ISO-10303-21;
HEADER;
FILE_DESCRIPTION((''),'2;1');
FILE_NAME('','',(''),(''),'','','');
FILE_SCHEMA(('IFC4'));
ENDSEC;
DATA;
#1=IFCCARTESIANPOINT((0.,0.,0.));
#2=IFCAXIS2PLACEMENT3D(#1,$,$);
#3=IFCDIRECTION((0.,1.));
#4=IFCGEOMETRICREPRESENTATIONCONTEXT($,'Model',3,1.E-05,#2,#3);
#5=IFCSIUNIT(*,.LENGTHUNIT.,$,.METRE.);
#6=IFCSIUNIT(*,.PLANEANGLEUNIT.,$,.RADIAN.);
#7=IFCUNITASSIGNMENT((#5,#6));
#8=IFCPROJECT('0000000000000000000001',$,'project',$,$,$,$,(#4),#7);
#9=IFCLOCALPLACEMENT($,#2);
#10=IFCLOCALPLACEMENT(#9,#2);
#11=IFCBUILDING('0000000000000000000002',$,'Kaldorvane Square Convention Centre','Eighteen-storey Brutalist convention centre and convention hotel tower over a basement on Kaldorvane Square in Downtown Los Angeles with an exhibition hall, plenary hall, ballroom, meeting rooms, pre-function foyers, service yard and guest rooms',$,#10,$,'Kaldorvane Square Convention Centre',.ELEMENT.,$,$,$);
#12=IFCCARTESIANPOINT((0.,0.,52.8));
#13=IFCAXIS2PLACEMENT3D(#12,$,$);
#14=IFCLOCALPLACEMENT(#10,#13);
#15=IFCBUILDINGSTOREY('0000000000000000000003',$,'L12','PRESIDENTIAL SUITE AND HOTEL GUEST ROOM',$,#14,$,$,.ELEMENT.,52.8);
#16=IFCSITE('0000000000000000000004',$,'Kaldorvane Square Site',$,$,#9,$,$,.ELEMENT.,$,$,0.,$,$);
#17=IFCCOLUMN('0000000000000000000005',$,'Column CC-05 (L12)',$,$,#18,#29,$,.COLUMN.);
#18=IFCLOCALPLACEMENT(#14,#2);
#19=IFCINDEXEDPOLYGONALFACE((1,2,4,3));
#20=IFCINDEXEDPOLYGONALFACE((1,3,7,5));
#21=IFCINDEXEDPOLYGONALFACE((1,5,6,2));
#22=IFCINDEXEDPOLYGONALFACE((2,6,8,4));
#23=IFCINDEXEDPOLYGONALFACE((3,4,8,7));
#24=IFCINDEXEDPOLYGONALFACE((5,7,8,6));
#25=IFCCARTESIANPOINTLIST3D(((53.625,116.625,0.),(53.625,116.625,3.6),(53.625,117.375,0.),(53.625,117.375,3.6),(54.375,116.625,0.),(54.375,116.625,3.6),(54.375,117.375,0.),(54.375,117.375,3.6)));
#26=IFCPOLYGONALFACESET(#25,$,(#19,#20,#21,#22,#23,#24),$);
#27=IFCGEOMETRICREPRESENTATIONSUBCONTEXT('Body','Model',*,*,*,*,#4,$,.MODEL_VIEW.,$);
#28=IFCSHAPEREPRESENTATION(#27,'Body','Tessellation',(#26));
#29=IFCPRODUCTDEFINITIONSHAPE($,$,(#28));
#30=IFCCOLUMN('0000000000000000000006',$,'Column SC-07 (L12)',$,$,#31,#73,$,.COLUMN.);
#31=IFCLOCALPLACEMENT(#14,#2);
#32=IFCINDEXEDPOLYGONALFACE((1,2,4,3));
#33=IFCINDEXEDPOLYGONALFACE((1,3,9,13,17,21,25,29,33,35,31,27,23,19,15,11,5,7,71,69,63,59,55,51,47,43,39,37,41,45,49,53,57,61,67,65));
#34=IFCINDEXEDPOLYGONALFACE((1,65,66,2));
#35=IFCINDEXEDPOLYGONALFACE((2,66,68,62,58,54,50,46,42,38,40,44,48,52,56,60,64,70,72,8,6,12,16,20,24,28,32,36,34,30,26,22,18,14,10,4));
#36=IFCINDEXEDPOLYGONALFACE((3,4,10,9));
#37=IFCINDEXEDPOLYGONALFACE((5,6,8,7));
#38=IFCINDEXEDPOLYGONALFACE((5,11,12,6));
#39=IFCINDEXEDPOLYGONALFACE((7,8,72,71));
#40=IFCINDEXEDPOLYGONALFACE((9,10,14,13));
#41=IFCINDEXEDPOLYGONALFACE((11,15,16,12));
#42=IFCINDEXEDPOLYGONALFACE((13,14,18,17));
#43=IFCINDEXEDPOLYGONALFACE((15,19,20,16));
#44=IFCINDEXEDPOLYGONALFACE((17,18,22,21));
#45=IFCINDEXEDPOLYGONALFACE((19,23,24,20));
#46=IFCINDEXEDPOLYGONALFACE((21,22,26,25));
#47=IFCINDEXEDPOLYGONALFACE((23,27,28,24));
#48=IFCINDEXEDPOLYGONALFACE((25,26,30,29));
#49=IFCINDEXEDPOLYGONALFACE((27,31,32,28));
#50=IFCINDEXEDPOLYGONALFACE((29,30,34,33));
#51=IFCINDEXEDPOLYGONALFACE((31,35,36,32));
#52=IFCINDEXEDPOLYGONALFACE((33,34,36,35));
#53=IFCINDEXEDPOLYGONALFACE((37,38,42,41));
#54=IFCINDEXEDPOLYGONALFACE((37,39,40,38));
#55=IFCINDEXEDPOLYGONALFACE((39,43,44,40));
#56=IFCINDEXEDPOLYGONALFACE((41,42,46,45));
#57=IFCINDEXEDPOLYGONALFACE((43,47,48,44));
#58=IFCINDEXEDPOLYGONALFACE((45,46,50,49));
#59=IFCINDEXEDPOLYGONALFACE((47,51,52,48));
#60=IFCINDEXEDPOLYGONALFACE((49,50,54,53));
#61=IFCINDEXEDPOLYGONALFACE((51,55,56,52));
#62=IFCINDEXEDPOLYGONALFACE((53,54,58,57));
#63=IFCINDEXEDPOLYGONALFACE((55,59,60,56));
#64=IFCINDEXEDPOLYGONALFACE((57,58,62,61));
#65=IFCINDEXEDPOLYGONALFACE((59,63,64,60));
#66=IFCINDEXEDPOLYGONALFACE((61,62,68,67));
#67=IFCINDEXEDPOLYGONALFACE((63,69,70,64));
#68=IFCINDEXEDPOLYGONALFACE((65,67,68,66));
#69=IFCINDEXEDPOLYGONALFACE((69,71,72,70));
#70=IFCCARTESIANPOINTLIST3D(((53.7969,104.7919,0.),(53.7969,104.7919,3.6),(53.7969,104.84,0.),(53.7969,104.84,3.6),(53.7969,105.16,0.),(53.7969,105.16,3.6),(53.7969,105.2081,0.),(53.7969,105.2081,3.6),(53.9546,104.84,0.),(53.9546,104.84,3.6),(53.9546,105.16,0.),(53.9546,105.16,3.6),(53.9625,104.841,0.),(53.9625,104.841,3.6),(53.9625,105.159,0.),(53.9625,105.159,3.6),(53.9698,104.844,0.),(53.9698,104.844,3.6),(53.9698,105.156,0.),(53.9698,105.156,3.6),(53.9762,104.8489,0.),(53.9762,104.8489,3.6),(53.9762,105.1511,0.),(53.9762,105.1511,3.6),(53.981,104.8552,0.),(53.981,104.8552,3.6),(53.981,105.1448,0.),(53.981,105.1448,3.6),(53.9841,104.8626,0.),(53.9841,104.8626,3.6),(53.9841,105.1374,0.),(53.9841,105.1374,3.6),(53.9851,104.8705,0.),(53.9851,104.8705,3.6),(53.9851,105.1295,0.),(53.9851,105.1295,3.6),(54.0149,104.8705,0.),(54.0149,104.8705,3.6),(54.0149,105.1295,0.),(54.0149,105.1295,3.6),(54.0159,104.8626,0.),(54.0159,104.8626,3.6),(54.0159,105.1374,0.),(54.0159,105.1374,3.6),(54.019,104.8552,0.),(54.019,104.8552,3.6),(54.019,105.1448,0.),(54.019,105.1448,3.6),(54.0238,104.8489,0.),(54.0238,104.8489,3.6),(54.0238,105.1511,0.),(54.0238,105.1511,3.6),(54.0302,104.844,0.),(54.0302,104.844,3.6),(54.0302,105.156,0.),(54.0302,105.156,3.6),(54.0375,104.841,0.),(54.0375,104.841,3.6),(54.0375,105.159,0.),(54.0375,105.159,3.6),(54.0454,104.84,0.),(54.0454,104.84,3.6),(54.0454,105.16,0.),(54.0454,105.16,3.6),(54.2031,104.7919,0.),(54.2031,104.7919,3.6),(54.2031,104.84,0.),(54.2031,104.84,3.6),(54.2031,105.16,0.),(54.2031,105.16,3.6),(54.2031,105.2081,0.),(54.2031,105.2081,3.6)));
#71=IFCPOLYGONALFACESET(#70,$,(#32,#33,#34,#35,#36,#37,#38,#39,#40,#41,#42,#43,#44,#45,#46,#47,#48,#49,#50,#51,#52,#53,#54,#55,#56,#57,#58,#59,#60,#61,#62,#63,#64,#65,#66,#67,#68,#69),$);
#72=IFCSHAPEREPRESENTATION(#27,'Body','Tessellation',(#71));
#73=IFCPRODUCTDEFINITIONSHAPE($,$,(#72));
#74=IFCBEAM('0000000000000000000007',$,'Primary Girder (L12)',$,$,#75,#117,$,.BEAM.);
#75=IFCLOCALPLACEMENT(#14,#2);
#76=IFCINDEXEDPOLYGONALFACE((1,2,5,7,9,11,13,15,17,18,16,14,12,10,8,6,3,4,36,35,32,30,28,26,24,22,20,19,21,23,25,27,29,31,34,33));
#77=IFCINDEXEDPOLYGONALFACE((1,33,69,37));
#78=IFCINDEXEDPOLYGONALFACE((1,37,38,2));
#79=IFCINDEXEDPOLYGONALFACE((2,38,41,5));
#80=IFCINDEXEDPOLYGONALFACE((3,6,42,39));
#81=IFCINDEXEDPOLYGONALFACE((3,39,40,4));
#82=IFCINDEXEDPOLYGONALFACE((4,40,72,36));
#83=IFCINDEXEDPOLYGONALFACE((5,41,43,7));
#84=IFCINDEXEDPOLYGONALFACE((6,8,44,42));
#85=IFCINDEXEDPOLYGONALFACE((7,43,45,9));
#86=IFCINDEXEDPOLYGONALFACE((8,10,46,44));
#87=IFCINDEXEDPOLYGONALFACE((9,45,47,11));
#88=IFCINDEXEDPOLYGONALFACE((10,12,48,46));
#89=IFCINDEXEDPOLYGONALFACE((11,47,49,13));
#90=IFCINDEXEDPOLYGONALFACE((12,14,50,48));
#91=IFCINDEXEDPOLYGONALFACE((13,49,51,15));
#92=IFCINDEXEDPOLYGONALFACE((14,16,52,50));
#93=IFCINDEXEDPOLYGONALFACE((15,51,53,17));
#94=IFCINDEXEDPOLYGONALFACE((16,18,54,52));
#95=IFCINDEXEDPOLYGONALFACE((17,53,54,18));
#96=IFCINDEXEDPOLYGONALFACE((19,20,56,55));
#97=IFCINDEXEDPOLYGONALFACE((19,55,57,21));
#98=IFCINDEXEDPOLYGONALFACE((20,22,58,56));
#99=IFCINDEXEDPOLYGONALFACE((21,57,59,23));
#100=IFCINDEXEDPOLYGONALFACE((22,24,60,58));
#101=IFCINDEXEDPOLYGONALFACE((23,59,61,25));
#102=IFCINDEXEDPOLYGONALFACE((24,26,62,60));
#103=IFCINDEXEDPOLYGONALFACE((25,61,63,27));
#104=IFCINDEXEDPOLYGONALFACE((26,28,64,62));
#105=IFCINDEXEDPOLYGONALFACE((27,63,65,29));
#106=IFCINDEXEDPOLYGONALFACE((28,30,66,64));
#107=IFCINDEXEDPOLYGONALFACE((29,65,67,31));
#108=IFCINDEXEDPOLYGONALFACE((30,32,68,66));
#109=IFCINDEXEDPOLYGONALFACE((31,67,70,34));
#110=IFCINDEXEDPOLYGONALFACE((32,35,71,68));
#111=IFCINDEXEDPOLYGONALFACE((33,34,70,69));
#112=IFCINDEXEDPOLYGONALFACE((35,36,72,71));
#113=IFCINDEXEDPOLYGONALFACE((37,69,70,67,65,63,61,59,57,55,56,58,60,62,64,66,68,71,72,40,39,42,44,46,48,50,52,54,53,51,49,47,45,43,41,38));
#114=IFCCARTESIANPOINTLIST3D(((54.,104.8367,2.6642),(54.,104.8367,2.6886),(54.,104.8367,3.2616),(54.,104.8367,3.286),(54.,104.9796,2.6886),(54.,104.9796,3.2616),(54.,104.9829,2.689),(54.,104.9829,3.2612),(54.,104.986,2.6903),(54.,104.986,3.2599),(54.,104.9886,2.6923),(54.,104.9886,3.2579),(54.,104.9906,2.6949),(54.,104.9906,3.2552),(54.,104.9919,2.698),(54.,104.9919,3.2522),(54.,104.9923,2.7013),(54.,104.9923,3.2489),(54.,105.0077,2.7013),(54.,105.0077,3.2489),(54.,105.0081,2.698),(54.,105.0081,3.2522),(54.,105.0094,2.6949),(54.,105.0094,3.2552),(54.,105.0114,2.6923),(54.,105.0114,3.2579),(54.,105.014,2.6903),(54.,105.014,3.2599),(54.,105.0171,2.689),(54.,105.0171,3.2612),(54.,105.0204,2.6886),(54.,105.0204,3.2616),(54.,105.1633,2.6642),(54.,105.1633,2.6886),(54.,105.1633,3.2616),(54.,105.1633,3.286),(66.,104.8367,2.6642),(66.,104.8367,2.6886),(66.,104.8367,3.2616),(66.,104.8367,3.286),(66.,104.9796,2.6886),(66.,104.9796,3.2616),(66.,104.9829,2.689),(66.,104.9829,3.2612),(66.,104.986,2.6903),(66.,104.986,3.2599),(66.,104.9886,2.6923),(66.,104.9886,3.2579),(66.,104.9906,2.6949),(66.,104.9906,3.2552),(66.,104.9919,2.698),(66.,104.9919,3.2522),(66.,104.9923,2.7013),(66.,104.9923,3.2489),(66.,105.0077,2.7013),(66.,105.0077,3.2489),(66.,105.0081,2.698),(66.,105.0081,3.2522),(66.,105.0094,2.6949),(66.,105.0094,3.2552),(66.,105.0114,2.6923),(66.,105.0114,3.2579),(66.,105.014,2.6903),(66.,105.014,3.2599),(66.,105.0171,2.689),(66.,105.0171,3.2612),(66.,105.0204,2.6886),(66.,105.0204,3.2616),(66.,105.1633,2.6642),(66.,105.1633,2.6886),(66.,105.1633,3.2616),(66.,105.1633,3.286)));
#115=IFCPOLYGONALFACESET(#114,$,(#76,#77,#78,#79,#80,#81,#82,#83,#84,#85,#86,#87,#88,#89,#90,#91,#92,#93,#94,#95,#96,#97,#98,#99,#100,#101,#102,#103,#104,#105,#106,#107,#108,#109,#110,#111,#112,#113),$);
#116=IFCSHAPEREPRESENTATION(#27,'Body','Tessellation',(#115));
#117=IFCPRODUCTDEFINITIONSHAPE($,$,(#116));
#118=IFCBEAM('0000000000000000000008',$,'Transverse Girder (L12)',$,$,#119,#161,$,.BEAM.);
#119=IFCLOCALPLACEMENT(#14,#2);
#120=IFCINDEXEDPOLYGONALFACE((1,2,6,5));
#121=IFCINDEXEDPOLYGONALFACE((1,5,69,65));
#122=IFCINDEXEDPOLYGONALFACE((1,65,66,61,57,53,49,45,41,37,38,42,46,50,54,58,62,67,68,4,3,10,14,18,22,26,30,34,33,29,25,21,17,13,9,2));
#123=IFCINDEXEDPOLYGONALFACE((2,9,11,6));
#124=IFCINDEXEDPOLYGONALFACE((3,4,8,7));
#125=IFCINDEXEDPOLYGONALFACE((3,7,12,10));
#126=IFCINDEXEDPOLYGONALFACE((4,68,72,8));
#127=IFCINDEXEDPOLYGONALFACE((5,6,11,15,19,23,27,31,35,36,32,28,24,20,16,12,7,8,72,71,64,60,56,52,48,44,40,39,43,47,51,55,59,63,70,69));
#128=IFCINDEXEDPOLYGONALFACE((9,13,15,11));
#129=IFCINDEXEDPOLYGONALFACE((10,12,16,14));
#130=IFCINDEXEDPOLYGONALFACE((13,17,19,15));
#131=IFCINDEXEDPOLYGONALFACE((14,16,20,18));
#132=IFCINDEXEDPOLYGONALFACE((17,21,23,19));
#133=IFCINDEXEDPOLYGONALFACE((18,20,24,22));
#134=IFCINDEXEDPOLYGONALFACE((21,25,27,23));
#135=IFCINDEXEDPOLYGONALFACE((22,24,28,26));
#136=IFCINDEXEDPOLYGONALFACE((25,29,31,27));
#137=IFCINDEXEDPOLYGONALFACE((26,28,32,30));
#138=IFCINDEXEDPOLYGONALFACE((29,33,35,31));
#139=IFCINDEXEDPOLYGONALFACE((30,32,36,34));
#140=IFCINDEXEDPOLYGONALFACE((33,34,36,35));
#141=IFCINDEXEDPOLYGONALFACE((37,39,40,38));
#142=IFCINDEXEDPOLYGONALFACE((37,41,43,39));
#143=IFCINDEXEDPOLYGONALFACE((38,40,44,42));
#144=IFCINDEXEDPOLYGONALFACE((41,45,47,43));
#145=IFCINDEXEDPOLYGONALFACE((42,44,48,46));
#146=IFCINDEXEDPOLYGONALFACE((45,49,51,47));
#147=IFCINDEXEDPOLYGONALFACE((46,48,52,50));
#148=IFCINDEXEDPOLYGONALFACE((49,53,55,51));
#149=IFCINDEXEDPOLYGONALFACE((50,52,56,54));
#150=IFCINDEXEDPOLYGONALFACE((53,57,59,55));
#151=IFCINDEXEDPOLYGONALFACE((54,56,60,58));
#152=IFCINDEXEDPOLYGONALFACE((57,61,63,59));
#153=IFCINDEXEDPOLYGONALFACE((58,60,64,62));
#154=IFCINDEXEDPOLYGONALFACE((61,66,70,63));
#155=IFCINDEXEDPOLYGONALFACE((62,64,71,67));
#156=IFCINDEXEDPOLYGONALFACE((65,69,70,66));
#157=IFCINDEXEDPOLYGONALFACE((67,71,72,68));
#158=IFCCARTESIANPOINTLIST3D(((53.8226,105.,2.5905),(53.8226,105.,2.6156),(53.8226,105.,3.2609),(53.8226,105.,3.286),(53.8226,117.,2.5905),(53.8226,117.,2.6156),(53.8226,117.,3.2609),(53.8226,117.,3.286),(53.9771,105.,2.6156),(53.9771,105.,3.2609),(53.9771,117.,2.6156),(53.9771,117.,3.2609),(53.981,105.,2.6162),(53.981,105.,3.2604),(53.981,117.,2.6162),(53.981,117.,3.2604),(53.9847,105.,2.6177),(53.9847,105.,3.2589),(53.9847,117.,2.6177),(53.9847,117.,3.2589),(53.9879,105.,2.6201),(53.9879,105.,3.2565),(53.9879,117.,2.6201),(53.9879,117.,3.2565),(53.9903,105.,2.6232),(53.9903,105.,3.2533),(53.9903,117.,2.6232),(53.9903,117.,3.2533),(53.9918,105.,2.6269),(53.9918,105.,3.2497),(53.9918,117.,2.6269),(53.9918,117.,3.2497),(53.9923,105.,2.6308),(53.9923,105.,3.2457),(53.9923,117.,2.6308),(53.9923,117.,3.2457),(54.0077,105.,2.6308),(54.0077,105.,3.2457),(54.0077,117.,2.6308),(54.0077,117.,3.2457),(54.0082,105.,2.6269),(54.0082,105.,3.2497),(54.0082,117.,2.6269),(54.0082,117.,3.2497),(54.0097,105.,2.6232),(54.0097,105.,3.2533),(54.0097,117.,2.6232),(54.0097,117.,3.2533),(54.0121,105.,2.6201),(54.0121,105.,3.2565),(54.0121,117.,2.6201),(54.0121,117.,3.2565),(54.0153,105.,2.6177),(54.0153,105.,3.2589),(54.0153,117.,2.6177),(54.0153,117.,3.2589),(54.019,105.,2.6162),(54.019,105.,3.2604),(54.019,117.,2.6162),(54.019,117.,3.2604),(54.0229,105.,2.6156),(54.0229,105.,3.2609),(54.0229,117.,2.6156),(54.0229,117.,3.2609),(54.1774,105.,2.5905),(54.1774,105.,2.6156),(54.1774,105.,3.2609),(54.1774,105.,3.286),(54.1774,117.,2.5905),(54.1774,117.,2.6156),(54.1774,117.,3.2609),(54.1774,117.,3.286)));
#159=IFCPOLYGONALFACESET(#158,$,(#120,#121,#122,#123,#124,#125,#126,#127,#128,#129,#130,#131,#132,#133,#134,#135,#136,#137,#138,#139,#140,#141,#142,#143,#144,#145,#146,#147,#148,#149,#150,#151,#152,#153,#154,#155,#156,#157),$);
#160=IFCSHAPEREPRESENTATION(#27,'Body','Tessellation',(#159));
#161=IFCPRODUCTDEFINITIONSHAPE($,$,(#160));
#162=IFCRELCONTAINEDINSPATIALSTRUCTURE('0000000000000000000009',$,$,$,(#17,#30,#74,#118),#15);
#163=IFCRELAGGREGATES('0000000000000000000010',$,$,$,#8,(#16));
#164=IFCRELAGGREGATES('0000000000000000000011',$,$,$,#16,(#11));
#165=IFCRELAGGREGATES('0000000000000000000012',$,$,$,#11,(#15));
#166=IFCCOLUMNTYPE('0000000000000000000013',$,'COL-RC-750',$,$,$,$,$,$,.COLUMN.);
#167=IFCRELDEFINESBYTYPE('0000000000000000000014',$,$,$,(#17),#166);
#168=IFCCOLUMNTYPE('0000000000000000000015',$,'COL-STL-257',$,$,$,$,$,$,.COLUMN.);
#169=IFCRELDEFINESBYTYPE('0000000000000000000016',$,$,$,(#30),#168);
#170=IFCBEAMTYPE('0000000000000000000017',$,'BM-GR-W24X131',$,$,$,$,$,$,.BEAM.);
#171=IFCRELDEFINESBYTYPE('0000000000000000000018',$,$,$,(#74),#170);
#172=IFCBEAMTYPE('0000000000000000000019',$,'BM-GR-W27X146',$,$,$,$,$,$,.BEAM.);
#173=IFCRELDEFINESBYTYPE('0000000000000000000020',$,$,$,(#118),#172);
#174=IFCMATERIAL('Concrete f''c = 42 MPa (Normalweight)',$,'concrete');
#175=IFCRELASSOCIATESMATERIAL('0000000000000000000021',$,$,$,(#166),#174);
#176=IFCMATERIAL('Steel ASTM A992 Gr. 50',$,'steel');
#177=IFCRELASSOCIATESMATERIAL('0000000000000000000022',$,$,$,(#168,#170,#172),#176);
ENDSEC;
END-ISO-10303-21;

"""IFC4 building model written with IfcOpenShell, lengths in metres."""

from ifc_helpers import new_model, si_unit, direction, frame, origin, origin_2d, place, context, subcontext, project, spatial, rectangle, i_section, extrude, material, material_profile, profile_set, type_object, element, save


model = new_model("IFC4")

# Units and contexts
model_context = context("Model", 3, precision=1e-05, world=origin(), true_north=direction((0.0, 1.0)))
body_context = subcontext(model_context, "Body", "Model", "MODEL_VIEW")
ifc_project = project(units=[si_unit("LENGTHUNIT", "METRE"), si_unit("PLANEANGLEUNIT", "RADIAN")], contexts=[model_context])

# Site, building, storey
site_placement = place(None, origin())
site = spatial("IfcSite", under=ifc_project, at=site_placement, Name="Kaldorvane Square Site", CompositionType="ELEMENT", RefElevation=0.0)
building_placement = place(site_placement, origin())
building = spatial("IfcBuilding", under=site, at=building_placement, Name="Kaldorvane Square Convention Centre", Description="Eighteen-storey Brutalist convention centre and convention hotel tower over a basement on Kaldorvane Square in Downtown Los Angeles with an exhibition hall, plenary hall, ballroom, meeting rooms, pre-function foyers, service yard and guest rooms", LongName="Kaldorvane Square Convention Centre", CompositionType="ELEMENT")
storey_placement = place(building_placement, frame((0.0, 0.0, 52.8)))
storey = spatial("IfcBuildingStorey", under=building, at=storey_placement, Name="L12", Description="PRESIDENTIAL SUITE AND HOTEL GUEST ROOM", CompositionType="ELEMENT", Elevation=52.8)

# Columns
ifc_material_1 = material(Name="Concrete f'c = 42 MPa (Normalweight)", Category="concrete")
ifc_material_profile_1 = material_profile(ifc_material_1, rectangle(XDim=0.75, YDim=0.75, at=origin_2d()), Name="RC750X750")
ifc_profile_set_1 = profile_set([ifc_material_profile_1], Name="Concrete f'c = 42 MPa (Normalweight)")
column_type_1 = type_object("IfcColumnType", Name="COL-RC-750", PredefinedType="COLUMN", material=ifc_profile_set_1)
column_1_placement = place(storey_placement, frame((54.0, 117.0, 0.0), z_axis=(0.0, 0.0, 1.0), x_axis=(1.0, 0.0, 0.0)))
element("IfcColumn", 1, at=column_1_placement, inside=storey, type_object=column_type_1, Name="Column CC-05 (L12)", PredefinedType="COLUMN", context=body_context, shape_type="SweptSolid", body=[
    extrude(rectangle(XDim=0.75, YDim=0.75, at=origin_2d()), origin(), (0.0, 0.0, 1.0), 3.6),
])
ifc_material_2 = material(Name="Steel ASTM A992 Gr. 50", Category="steel")
ifc_material_profile_2 = material_profile(ifc_material_2, i_section(OverallWidth=0.4063, OverallDepth=0.4161, WebThickness=0.0298, FlangeThickness=0.048, FilletRadius=0.0305, at=origin_2d()), Name="W14X257")
ifc_profile_set_2 = profile_set([ifc_material_profile_2], Name="Steel ASTM A992 Gr. 50")
column_type_2 = type_object("IfcColumnType", Name="COL-STL-257", PredefinedType="COLUMN", material=ifc_profile_set_2)
column_2_placement = place(storey_placement, frame((54.0, 105.0, 0.0), z_axis=(0.0, 0.0, 1.0), x_axis=(1.0, 0.0, 0.0)))
element("IfcColumn", 2, at=column_2_placement, inside=storey, type_object=column_type_2, Name="Column SC-07 (L12)", PredefinedType="COLUMN", context=body_context, shape_type="SweptSolid", body=[
    extrude(i_section(OverallWidth=0.4063, OverallDepth=0.4161, WebThickness=0.0298, FlangeThickness=0.048, FilletRadius=0.0305, at=origin_2d()), origin(), (0.0, 0.0, 1.0), 3.6),
])

# Beams
ifc_material_profile_3 = material_profile(ifc_material_2, i_section(OverallWidth=0.3265, OverallDepth=0.6218, WebThickness=0.0154, FlangeThickness=0.0244, FilletRadius=0.0127, at=origin_2d()), Name="W24X131")
ifc_profile_set_3 = profile_set([ifc_material_profile_3], Name="Steel ASTM A992 Gr. 50")
beam_type_1 = type_object("IfcBeamType", Name="BM-GR-W24X131", PredefinedType="BEAM", material=ifc_profile_set_3)
beam_1_placement = place(storey_placement, frame((54.0, 105.0, 2.9751), z_axis=(1.0, 0.0, 0.0), x_axis=(0.0, 1.0, 0.0)))
element("IfcBeam", 3, at=beam_1_placement, inside=storey, type_object=beam_type_1, Name="Primary Girder (L12)", PredefinedType="BEAM", context=body_context, shape_type="SweptSolid", body=[
    extrude(i_section(OverallWidth=0.3265, OverallDepth=0.6218, WebThickness=0.0154, FlangeThickness=0.0244, FilletRadius=0.0127, at=origin_2d()), origin(), (0.0, 0.0, 1.0), 12.0),
])
ifc_material_profile_4 = material_profile(ifc_material_2, i_section(OverallWidth=0.3547, OverallDepth=0.6955, WebThickness=0.0154, FlangeThickness=0.0251, FilletRadius=0.0152, at=origin_2d()), Name="W27X146")
ifc_profile_set_4 = profile_set([ifc_material_profile_4], Name="Steel ASTM A992 Gr. 50")
beam_type_2 = type_object("IfcBeamType", Name="BM-GR-W27X146", PredefinedType="BEAM", material=ifc_profile_set_4)
beam_2_placement = place(storey_placement, frame((54.0, 105.0, 2.9383), z_axis=(0.0, 1.0, 0.0), x_axis=(-1.0, 0.0, 0.0)))
element("IfcBeam", 4, at=beam_2_placement, inside=storey, type_object=beam_type_2, Name="Transverse Girder (L12)", PredefinedType="BEAM", context=body_context, shape_type="SweptSolid", body=[
    extrude(i_section(OverallWidth=0.3547, OverallDepth=0.6955, WebThickness=0.0154, FlangeThickness=0.0251, FilletRadius=0.0152, at=origin_2d()), origin(), (0.0, 0.0, 1.0), 12.0),
])

save(model, "model.ifc")
